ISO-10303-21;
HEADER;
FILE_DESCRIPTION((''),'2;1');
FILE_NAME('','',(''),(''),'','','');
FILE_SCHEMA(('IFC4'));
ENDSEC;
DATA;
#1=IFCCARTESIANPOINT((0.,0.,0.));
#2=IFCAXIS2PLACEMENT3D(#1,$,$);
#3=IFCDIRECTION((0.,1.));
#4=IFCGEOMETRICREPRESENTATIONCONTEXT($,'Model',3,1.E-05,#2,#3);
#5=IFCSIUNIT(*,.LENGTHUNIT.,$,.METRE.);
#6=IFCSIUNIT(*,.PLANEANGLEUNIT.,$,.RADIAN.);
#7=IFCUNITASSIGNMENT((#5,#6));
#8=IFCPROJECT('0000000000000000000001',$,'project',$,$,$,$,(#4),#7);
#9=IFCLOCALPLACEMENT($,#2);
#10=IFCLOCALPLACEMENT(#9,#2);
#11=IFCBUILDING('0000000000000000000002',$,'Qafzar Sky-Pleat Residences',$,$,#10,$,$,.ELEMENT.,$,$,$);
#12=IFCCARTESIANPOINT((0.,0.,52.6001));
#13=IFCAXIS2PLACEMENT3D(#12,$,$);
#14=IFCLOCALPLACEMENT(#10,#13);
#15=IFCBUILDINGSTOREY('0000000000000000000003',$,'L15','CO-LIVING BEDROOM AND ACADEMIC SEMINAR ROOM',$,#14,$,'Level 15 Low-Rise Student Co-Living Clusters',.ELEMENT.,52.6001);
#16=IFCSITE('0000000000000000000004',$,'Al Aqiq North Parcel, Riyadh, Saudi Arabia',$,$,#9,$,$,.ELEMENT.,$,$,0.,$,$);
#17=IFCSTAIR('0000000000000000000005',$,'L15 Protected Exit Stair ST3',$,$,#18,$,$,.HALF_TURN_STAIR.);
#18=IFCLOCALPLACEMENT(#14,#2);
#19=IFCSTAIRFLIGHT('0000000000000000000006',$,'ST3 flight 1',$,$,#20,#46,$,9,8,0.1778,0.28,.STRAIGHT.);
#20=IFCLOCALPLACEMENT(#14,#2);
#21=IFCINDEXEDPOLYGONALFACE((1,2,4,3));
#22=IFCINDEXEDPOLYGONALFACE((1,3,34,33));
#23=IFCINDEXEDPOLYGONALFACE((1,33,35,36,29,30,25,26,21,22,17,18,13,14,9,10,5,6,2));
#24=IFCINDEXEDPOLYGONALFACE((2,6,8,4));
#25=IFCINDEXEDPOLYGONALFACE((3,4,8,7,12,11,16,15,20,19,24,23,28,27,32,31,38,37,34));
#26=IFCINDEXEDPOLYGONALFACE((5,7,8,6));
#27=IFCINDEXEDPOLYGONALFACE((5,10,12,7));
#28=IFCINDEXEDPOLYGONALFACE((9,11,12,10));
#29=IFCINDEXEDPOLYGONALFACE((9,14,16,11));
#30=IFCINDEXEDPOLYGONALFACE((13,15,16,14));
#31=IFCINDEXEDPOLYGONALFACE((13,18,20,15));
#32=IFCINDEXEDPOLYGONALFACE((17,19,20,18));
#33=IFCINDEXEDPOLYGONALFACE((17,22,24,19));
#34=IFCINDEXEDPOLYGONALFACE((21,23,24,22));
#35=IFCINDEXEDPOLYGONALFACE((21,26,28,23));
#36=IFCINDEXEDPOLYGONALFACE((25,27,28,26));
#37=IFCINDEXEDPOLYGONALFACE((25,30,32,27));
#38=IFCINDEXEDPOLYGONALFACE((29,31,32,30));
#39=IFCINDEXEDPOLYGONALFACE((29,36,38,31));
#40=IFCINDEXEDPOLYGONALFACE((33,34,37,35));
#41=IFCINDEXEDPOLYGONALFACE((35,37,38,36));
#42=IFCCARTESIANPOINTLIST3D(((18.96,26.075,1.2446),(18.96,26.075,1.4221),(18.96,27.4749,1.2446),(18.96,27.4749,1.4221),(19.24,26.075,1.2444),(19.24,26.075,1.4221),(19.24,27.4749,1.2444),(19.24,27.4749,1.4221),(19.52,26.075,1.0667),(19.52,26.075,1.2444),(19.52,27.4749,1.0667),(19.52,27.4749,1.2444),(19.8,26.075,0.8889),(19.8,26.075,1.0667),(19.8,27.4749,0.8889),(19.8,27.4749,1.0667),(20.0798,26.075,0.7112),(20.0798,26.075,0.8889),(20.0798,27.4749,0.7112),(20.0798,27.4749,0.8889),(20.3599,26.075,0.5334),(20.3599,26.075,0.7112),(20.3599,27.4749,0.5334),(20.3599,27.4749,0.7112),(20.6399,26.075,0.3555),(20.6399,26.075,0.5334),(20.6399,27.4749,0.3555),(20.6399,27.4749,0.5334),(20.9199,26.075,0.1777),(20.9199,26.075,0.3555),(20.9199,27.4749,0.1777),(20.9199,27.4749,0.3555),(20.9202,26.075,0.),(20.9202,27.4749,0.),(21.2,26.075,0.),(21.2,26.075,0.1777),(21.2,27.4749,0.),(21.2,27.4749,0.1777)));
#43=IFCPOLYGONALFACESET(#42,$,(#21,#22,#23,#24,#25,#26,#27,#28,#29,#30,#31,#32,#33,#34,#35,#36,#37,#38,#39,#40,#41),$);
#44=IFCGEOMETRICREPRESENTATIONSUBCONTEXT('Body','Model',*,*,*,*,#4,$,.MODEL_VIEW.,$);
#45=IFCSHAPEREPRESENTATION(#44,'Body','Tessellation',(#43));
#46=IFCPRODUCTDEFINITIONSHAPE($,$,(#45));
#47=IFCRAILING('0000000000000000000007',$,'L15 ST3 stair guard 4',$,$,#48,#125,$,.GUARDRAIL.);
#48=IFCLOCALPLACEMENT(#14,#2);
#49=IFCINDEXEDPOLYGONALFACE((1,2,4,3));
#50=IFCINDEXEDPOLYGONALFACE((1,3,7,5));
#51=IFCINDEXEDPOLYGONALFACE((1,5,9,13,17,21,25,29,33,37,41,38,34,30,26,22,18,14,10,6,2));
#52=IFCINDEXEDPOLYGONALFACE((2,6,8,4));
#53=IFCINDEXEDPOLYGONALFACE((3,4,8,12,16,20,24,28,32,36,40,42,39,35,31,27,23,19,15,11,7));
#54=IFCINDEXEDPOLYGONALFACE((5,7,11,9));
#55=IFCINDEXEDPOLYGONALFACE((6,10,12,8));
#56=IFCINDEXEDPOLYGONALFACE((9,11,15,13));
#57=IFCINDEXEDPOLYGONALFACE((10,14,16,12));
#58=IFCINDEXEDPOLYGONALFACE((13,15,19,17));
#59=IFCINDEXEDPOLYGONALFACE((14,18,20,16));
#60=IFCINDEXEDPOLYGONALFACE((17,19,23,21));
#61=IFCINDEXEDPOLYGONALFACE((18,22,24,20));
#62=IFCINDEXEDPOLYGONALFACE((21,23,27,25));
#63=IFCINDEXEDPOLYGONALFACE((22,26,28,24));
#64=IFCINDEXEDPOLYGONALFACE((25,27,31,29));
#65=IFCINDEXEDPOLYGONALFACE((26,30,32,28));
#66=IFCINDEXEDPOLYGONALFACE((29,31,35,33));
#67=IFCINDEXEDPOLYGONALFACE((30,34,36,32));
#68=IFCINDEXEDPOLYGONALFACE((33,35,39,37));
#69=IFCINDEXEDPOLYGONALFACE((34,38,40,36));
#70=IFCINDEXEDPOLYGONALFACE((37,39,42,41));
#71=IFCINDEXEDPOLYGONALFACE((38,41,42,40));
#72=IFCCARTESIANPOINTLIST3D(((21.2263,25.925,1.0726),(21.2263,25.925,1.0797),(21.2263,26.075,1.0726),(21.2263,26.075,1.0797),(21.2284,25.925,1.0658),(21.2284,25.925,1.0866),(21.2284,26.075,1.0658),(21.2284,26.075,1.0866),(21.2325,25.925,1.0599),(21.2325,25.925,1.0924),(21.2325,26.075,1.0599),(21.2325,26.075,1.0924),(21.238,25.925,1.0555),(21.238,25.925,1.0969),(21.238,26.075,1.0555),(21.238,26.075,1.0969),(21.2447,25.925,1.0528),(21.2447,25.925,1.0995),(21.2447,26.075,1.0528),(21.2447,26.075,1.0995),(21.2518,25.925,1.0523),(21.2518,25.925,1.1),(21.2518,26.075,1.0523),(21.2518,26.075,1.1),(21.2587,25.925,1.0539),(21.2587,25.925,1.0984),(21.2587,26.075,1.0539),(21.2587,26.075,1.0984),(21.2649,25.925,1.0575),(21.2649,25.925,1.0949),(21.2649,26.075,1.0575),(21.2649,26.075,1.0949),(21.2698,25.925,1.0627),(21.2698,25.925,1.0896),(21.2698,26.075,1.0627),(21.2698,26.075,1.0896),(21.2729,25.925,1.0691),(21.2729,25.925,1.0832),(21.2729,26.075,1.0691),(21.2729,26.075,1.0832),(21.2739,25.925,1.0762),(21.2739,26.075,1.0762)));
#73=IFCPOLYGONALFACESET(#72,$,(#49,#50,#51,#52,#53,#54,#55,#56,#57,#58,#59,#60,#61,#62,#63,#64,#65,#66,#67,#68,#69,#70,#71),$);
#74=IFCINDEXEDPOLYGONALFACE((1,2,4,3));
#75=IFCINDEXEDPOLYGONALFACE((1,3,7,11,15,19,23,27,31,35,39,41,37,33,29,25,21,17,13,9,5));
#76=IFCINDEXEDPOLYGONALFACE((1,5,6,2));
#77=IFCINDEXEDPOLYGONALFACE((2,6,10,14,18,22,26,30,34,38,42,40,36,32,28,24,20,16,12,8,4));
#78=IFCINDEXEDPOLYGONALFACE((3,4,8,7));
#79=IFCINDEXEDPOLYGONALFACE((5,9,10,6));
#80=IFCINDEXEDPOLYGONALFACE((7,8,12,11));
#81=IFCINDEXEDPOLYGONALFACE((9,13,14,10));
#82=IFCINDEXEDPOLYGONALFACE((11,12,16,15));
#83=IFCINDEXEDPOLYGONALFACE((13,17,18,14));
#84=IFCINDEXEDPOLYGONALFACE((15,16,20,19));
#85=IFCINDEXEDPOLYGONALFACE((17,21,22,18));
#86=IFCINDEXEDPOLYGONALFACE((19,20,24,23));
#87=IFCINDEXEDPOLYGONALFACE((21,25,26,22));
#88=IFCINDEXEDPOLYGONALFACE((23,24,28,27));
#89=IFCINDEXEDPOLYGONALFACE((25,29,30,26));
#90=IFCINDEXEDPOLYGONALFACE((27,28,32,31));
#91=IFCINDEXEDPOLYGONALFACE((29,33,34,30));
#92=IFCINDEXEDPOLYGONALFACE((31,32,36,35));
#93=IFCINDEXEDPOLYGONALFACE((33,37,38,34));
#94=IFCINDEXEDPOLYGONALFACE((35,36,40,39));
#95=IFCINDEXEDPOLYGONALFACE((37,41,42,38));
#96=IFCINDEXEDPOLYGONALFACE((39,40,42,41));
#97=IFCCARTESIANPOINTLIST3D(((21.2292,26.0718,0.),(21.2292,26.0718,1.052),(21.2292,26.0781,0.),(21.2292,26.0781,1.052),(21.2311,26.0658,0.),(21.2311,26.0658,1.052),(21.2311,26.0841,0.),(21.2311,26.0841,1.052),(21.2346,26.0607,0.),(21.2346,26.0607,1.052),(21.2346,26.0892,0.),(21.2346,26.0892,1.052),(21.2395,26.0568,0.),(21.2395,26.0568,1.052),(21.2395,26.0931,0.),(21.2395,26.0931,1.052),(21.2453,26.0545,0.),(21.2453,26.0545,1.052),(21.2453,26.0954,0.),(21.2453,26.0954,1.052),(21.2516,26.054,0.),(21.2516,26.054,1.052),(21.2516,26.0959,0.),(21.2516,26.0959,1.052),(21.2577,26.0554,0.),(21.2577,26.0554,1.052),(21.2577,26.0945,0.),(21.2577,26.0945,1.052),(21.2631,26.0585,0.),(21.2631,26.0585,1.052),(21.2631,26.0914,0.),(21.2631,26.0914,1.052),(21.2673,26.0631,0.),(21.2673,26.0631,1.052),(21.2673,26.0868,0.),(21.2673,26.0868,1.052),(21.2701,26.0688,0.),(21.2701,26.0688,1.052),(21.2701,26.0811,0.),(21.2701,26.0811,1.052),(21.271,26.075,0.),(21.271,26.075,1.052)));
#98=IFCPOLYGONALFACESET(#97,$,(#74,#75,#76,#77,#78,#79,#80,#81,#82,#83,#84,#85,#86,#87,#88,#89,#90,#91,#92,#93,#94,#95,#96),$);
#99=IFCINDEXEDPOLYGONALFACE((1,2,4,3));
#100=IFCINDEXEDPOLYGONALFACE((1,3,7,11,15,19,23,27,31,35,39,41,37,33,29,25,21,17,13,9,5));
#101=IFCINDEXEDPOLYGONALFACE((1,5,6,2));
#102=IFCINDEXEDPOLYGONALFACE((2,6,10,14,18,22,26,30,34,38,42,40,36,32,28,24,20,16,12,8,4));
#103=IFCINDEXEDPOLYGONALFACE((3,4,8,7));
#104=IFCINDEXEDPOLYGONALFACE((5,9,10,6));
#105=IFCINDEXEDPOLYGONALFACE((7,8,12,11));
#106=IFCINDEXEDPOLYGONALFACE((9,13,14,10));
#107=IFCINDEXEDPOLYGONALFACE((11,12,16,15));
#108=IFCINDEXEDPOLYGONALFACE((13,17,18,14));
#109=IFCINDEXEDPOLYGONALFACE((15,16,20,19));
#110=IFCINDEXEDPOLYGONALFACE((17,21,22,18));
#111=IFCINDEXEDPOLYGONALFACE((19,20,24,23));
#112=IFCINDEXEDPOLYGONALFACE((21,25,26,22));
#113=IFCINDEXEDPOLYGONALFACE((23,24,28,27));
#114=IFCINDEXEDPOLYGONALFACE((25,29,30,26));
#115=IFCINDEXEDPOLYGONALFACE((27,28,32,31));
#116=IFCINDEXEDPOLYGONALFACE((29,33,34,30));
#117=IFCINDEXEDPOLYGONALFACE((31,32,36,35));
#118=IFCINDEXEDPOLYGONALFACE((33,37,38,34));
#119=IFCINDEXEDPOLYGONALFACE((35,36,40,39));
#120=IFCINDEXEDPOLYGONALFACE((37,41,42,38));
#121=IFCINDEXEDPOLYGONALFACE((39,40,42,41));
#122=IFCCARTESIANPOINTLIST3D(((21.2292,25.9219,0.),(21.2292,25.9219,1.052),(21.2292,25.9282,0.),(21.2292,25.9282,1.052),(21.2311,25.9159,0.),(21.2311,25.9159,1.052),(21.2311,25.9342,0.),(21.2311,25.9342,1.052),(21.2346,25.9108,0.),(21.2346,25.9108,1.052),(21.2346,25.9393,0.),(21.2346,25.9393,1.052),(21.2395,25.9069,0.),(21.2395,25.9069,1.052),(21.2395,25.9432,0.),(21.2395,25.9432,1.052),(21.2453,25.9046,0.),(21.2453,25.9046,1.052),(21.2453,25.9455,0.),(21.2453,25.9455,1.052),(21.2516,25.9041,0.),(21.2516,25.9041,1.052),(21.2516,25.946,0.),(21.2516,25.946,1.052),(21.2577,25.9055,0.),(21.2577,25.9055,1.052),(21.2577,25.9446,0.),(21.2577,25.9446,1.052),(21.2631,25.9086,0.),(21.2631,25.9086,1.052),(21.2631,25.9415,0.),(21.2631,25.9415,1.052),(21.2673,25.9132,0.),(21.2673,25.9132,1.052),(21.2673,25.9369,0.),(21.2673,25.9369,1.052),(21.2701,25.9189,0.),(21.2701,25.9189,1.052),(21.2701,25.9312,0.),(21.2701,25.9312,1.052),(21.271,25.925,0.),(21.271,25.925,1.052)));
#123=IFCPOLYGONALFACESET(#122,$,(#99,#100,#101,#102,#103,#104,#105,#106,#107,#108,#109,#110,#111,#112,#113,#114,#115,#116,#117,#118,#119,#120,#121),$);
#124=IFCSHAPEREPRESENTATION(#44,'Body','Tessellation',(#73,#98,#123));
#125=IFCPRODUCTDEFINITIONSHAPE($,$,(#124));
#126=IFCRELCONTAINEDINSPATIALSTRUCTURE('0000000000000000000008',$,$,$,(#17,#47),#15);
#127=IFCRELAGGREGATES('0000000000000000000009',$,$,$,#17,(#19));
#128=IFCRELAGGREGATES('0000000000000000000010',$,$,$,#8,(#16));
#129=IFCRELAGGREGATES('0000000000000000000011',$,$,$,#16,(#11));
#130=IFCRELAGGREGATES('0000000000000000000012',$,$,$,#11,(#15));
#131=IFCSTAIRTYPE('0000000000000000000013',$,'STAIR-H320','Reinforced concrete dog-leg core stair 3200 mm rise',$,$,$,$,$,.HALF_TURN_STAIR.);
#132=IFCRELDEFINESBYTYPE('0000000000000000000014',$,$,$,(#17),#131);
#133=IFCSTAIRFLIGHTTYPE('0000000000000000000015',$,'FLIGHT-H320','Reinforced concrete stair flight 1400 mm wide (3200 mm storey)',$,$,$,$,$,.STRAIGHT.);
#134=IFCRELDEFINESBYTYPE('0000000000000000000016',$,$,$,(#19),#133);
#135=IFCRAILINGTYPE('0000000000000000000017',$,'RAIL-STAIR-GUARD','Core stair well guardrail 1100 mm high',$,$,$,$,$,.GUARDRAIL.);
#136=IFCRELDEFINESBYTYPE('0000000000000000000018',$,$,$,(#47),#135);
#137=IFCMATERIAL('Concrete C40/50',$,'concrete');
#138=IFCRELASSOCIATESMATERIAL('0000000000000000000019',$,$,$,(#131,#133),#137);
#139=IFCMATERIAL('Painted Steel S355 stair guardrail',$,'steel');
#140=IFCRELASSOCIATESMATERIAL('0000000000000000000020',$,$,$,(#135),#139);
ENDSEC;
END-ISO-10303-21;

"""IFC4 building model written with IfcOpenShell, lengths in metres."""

from ifc_helpers import new_model, si_unit, direction, frame, origin, origin_2d, place, context, subcontext, project, spatial, polyline, circle, outline, extrude, source, transform, mapped, material, type_object, element, aggregate, save


model = new_model("IFC4")

# Units and contexts
model_context = context("Model", 3, precision=1e-05, world=origin(), true_north=direction((0.0, 1.0)))
body_context = subcontext(model_context, "Body", "Model", "MODEL_VIEW")
ifc_project = project(units=[si_unit("LENGTHUNIT", "METRE"), si_unit("PLANEANGLEUNIT", "RADIAN")], contexts=[model_context])

# Site, building, storey
site_placement = place(None, origin())
site = spatial("IfcSite", under=ifc_project, at=site_placement, Name="Al Aqiq North Parcel, Riyadh, Saudi Arabia", CompositionType="ELEMENT", RefElevation=0.0)
building_placement = place(site_placement, origin())
building = spatial("IfcBuilding", under=site, at=building_placement, Name="Qafzar Sky-Pleat Residences", CompositionType="ELEMENT")
storey_placement = place(building_placement, frame((0.0, 0.0, 52.6001)))
storey = spatial("IfcBuildingStorey", under=building, at=storey_placement, Name="L15", Description="CO-LIVING BEDROOM AND ACADEMIC SEMINAR ROOM", LongName="Level 15 Low-Rise Student Co-Living Clusters", CompositionType="ELEMENT", Elevation=52.6001)

# Stair, stair flight
ifc_material_1 = material(Name="Concrete C40/50", Category="concrete")
stair_type = type_object("IfcStairType", Name="STAIR-H320", Description="Reinforced concrete dog-leg core stair 3200 mm rise", PredefinedType="HALF_TURN_STAIR", material=ifc_material_1)
stair_placement = place(storey_placement, origin())
stair = element("IfcStair", 1, at=stair_placement, inside=storey, type_object=stair_type, Name="L15 Protected Exit Stair ST3", PredefinedType="HALF_TURN_STAIR")
stair_flight_type = type_object("IfcStairFlightType", Name="FLIGHT-H320", Description="Reinforced concrete stair flight 1400 mm wide (3200 mm storey)", PredefinedType="STRAIGHT", material=ifc_material_1)
shared_shape_1 = source(origin(), body_context, "Body", "SweptSolid", [
    extrude(outline(polyline([(0.0, 0.0), (0.0, 0.1777), (0.28, 0.1777), (0.28, 0.3555), (0.5601, 0.3555), (0.5601, 0.5334), (0.8401, 0.5334), (0.8401, 0.7112), (1.1201, 0.7112), (1.1201, 0.8889), (1.3999, 0.8889), (1.3999, 1.0667), (1.6799, 1.0667), (1.6799, 1.2444), (1.96, 1.2444), (1.96, 1.4221), (2.24, 1.4221), (2.24, 1.6001), (2.24, 1.2446), (0.2798, 0.0), (0.0, 0.0)])), frame((0.0, 0.7, 0.0), z_axis=(0.0, -1.0, 0.0), x_axis=(1.0, 0.0, 0.0)), (0.0, 0.0, 1.0), 1.3999),
])
stair_flight_placement = place(storey_placement, frame((21.2, 26.7749, 0.0), z_axis=(0.0, 0.0, 1.0), x_axis=(-1.0, 0.0, 0.0)))
stair_flight = element("IfcStairFlight", 2, at=stair_flight_placement, type_object=stair_flight_type, Name="ST3 flight 1", NumberOfRisers=9, NumberOfTreads=8, PredefinedType="STRAIGHT", RiserHeight=0.1778, TreadLength=0.28, context=body_context, shape_type="MappedRepresentation", body=[
    mapped(shared_shape_1, transform((0.0, 0.0, 0.0), x_axis=(1.0, 0.0, 0.0), y_axis=(0.0, 1.0, 0.0), z_axis=(0.0, 0.0, 1.0), scale=1.0)),
])
aggregate(stair, [stair_flight])

# Railing
ifc_material_2 = material(Name="Painted Steel S355 stair guardrail", Category="steel")
railing_type_1 = type_object("IfcRailingType", Name="RAIL-STAIR-GUARD", Description="Core stair well guardrail 1100 mm high", PredefinedType="GUARDRAIL", material=ifc_material_2)
shared_shape_2 = source(origin(), body_context, "Body", "SweptSolid", [
    extrude(circle(Radius=0.0239, at=origin_2d()), frame((0.0, 0.0, 1.0762), z_axis=(0.0, -1.0, 0.0), x_axis=(1.0, 0.0, 0.0)), (0.0, 0.0, 1.0), 0.1499),
    extrude(circle(Radius=0.021, at=origin_2d()), origin(), (0.0, 0.0, 1.0), 1.052),
    extrude(circle(Radius=0.021, at=origin_2d()), frame((0.0, -0.1499, 0.0)), (0.0, 0.0, 1.0), 1.052),
])
railing_1_placement = place(storey_placement, frame((21.25, 26.075, 0.0)))
element("IfcRailing", 3, at=railing_1_placement, inside=storey, type_object=railing_type_1, Name="L15 ST3 stair guard 4", PredefinedType="GUARDRAIL", context=body_context, shape_type="MappedRepresentation", body=[
    mapped(shared_shape_2, transform((0.0, 0.0, 0.0), x_axis=(1.0, 0.0, 0.0), y_axis=(0.0, 1.0, 0.0), z_axis=(0.0, 0.0, 1.0), scale=1.0)),
])

save(model, "model.ifc")
